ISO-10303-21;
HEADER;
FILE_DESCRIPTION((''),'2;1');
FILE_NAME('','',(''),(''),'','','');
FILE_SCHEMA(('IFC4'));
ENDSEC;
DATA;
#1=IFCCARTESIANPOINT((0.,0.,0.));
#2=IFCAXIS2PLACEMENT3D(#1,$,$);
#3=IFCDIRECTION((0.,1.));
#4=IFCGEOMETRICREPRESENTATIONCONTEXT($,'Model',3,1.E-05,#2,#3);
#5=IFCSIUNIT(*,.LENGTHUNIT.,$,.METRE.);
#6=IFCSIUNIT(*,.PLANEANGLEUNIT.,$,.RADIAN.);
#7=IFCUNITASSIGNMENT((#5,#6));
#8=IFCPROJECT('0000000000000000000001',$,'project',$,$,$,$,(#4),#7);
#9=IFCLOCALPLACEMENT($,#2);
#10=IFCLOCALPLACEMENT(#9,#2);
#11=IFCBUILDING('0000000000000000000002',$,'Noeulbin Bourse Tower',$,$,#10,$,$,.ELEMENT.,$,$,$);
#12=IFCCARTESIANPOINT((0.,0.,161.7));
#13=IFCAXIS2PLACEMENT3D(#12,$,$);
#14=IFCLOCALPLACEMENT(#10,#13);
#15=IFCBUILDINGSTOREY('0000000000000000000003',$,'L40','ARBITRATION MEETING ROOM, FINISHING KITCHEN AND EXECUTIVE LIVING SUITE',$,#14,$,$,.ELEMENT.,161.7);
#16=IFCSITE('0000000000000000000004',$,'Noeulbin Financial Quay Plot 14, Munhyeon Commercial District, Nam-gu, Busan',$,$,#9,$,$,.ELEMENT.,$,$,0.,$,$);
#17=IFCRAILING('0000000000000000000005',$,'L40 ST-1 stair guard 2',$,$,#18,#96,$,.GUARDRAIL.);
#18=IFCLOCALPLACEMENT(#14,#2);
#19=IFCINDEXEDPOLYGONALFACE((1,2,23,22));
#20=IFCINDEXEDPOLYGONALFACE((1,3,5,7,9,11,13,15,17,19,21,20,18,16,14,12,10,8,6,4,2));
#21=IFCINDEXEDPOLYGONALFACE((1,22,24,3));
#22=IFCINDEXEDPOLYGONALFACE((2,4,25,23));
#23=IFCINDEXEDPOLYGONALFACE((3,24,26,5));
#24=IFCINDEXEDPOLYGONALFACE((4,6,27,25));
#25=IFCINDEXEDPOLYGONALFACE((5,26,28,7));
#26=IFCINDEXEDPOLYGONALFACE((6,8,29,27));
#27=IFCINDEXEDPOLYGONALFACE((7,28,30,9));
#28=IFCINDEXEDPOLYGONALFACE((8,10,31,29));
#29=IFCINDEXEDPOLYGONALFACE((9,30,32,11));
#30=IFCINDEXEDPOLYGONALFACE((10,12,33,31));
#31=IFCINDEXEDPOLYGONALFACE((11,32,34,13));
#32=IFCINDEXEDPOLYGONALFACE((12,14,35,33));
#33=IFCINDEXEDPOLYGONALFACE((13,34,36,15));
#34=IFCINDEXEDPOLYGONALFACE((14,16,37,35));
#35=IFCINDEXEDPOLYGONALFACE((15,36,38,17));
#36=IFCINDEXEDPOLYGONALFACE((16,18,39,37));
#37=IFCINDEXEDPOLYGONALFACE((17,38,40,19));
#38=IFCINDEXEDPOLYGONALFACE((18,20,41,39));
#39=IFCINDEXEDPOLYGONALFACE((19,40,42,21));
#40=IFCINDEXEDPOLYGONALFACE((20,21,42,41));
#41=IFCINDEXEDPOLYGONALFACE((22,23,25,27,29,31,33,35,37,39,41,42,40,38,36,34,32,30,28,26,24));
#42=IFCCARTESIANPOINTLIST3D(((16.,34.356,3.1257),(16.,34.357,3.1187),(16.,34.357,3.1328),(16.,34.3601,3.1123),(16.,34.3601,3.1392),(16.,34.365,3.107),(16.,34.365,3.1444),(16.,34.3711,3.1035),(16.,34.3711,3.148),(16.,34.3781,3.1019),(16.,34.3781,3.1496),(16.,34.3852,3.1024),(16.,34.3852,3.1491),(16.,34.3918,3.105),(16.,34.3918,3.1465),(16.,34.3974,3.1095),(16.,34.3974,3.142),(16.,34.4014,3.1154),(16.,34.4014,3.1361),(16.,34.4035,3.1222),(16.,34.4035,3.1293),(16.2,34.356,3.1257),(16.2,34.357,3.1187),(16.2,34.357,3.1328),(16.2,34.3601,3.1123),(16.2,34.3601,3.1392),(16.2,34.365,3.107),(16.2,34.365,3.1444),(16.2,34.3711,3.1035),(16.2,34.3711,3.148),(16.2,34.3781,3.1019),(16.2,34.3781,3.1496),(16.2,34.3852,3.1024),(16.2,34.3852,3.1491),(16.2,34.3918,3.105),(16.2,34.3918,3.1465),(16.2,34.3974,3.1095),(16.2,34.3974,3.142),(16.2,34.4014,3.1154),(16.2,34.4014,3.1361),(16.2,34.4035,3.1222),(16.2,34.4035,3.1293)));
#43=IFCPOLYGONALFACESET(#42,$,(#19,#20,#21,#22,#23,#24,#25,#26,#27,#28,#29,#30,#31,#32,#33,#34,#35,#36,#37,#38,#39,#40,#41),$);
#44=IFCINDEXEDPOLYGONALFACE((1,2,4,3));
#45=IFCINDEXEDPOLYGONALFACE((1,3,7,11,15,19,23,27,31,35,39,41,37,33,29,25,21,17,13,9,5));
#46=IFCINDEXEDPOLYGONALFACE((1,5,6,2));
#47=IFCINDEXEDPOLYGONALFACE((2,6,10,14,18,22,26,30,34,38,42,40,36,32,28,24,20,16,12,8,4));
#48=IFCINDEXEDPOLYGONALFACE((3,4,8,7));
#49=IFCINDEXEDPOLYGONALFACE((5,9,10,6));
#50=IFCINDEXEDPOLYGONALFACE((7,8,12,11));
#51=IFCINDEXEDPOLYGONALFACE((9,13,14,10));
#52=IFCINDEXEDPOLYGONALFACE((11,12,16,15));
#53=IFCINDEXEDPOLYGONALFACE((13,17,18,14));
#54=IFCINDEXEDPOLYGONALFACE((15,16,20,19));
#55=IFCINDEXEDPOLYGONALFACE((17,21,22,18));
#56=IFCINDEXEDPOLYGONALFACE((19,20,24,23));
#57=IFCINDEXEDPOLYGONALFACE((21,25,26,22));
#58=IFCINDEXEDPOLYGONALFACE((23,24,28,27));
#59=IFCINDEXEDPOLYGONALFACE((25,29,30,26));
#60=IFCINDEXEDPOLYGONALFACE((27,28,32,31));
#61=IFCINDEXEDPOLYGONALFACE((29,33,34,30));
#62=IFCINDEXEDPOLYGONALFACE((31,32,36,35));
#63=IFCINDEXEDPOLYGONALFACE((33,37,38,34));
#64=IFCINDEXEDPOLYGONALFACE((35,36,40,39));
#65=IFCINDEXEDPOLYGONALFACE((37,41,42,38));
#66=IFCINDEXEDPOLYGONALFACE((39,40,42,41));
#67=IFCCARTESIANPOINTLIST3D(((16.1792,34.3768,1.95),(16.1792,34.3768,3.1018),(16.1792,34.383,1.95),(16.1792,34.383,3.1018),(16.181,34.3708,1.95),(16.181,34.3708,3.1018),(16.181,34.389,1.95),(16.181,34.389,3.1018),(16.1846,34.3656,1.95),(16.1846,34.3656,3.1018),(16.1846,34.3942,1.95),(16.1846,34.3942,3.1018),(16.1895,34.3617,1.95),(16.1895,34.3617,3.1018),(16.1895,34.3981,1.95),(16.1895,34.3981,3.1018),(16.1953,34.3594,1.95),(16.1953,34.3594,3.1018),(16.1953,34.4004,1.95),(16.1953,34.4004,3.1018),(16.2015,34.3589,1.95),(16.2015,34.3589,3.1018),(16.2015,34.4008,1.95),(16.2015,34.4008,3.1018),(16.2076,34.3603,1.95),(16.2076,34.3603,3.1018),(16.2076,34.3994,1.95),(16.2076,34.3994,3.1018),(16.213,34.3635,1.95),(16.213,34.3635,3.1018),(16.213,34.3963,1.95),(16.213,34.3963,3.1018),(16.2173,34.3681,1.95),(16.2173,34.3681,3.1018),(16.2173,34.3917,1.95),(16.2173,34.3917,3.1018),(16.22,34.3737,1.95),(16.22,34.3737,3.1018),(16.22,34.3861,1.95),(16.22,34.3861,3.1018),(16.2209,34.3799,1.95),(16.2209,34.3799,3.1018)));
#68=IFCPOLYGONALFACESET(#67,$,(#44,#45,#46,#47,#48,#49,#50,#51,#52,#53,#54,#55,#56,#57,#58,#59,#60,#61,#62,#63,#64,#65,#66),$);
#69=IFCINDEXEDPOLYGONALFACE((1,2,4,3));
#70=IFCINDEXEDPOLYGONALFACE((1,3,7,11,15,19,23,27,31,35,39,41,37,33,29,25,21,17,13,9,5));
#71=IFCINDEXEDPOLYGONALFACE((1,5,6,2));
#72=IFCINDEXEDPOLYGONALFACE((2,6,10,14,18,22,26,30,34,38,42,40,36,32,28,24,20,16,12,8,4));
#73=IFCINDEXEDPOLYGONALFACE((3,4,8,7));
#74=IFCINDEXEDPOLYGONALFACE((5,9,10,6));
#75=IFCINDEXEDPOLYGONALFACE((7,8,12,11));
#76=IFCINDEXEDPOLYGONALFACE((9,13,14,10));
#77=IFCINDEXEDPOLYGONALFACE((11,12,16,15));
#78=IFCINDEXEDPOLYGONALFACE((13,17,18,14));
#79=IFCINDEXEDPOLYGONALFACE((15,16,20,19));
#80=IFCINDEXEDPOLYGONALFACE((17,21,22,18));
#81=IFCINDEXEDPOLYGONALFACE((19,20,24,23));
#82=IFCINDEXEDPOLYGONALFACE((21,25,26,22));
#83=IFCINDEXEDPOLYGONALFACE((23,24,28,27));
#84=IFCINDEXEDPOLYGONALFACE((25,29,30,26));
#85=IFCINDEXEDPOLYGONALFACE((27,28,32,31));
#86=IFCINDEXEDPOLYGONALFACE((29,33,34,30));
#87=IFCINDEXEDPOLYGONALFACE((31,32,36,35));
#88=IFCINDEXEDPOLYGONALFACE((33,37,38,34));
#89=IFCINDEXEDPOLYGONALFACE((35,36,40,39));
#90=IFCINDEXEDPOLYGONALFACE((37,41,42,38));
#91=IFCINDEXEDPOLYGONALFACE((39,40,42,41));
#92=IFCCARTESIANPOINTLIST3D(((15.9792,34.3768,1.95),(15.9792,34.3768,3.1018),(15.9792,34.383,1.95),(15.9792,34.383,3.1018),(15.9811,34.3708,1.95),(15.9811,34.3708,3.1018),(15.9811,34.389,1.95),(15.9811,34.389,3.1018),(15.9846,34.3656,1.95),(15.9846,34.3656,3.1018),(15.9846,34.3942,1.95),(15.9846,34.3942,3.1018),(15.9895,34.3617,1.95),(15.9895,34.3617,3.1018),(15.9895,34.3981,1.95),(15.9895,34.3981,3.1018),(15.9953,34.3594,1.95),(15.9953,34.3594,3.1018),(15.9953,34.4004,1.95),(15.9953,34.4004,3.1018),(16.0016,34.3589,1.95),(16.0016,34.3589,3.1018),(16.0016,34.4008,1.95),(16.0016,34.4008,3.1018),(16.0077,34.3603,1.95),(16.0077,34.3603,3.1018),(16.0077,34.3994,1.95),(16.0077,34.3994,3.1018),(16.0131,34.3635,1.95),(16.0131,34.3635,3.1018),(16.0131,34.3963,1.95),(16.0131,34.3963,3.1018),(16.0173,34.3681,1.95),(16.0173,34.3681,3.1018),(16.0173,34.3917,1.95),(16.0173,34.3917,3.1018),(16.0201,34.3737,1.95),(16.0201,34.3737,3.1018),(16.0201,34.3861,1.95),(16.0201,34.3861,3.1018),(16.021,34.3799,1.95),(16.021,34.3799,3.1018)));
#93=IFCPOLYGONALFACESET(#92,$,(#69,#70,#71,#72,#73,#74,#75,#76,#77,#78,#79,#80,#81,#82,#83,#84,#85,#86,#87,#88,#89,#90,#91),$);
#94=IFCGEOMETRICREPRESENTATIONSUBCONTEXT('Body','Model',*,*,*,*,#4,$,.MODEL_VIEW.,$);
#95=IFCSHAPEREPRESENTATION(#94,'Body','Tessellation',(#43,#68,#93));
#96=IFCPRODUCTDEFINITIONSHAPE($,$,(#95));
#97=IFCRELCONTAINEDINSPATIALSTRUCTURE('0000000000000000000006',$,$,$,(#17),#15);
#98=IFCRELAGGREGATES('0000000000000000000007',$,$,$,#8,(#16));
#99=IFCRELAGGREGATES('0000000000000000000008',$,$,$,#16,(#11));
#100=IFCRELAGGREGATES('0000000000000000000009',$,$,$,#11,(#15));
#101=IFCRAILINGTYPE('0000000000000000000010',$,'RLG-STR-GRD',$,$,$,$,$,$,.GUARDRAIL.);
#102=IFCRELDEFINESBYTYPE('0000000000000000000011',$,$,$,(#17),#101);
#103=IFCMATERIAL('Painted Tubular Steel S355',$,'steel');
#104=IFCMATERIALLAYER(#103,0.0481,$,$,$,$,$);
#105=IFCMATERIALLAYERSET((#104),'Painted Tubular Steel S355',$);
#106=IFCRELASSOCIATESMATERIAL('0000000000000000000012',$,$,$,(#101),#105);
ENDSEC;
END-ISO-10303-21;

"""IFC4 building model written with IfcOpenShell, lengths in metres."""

from ifc_helpers import new_model, si_unit, direction, frame, origin, origin_2d, place, context, subcontext, project, spatial, circle, extrude, material, layer, layer_set, type_object, element, save


model = new_model("IFC4")

# Units and contexts
model_context = context("Model", 3, precision=1e-05, world=origin(), true_north=direction((0.0, 1.0)))
body_context = subcontext(model_context, "Body", "Model", "MODEL_VIEW")
ifc_project = project(units=[si_unit("LENGTHUNIT", "METRE"), si_unit("PLANEANGLEUNIT", "RADIAN")], contexts=[model_context])

# Site, building, storey
site_placement = place(None, origin())
site = spatial("IfcSite", under=ifc_project, at=site_placement, Name="Noeulbin Financial Quay Plot 14, Munhyeon Commercial District, Nam-gu, Busan", CompositionType="ELEMENT", RefElevation=0.0)
building_placement = place(site_placement, origin())
building = spatial("IfcBuilding", under=site, at=building_placement, Name="Noeulbin Bourse Tower", CompositionType="ELEMENT")
storey_placement = place(building_placement, frame((0.0, 0.0, 161.7)))
storey = spatial("IfcBuildingStorey", under=building, at=storey_placement, Name="L40", Description="ARBITRATION MEETING ROOM, FINISHING KITCHEN AND EXECUTIVE LIVING SUITE", CompositionType="ELEMENT", Elevation=161.7)

# Railing
ifc_material_1 = material(Name="Painted Tubular Steel S355", Category="steel")
ifc_layer_1 = layer(ifc_material_1, 0.0481)
ifc_layer_set_1 = layer_set([ifc_layer_1], Name="Painted Tubular Steel S355")
railing_type_1 = type_object("IfcRailingType", Name="RLG-STR-GRD", PredefinedType="GUARDRAIL", material=ifc_layer_set_1)
railing_1_placement = place(storey_placement, frame((16.2, 34.3799, 1.95)))
element("IfcRailing", 1, at=railing_1_placement, inside=storey, type_object=railing_type_1, Name="L40 ST-1 stair guard 2", PredefinedType="GUARDRAIL", context=body_context, shape_type="SweptSolid", body=[
    extrude(circle(Radius=0.0239, at=origin_2d()), frame((0.0, 0.0, 1.1758), z_axis=(-1.0, 0.0, 0.0), x_axis=(0.0, -1.0, 0.0)), (0.0, 0.0, 1.0), 0.2),
    extrude(circle(Radius=0.021, at=origin_2d()), origin(), (0.0, 0.0, 1.0), 1.1519),
    extrude(circle(Radius=0.021, at=origin_2d()), frame((-0.2, 0.0, 0.0)), (0.0, 0.0, 1.0), 1.1519),
])

save(model, "model.ifc")
